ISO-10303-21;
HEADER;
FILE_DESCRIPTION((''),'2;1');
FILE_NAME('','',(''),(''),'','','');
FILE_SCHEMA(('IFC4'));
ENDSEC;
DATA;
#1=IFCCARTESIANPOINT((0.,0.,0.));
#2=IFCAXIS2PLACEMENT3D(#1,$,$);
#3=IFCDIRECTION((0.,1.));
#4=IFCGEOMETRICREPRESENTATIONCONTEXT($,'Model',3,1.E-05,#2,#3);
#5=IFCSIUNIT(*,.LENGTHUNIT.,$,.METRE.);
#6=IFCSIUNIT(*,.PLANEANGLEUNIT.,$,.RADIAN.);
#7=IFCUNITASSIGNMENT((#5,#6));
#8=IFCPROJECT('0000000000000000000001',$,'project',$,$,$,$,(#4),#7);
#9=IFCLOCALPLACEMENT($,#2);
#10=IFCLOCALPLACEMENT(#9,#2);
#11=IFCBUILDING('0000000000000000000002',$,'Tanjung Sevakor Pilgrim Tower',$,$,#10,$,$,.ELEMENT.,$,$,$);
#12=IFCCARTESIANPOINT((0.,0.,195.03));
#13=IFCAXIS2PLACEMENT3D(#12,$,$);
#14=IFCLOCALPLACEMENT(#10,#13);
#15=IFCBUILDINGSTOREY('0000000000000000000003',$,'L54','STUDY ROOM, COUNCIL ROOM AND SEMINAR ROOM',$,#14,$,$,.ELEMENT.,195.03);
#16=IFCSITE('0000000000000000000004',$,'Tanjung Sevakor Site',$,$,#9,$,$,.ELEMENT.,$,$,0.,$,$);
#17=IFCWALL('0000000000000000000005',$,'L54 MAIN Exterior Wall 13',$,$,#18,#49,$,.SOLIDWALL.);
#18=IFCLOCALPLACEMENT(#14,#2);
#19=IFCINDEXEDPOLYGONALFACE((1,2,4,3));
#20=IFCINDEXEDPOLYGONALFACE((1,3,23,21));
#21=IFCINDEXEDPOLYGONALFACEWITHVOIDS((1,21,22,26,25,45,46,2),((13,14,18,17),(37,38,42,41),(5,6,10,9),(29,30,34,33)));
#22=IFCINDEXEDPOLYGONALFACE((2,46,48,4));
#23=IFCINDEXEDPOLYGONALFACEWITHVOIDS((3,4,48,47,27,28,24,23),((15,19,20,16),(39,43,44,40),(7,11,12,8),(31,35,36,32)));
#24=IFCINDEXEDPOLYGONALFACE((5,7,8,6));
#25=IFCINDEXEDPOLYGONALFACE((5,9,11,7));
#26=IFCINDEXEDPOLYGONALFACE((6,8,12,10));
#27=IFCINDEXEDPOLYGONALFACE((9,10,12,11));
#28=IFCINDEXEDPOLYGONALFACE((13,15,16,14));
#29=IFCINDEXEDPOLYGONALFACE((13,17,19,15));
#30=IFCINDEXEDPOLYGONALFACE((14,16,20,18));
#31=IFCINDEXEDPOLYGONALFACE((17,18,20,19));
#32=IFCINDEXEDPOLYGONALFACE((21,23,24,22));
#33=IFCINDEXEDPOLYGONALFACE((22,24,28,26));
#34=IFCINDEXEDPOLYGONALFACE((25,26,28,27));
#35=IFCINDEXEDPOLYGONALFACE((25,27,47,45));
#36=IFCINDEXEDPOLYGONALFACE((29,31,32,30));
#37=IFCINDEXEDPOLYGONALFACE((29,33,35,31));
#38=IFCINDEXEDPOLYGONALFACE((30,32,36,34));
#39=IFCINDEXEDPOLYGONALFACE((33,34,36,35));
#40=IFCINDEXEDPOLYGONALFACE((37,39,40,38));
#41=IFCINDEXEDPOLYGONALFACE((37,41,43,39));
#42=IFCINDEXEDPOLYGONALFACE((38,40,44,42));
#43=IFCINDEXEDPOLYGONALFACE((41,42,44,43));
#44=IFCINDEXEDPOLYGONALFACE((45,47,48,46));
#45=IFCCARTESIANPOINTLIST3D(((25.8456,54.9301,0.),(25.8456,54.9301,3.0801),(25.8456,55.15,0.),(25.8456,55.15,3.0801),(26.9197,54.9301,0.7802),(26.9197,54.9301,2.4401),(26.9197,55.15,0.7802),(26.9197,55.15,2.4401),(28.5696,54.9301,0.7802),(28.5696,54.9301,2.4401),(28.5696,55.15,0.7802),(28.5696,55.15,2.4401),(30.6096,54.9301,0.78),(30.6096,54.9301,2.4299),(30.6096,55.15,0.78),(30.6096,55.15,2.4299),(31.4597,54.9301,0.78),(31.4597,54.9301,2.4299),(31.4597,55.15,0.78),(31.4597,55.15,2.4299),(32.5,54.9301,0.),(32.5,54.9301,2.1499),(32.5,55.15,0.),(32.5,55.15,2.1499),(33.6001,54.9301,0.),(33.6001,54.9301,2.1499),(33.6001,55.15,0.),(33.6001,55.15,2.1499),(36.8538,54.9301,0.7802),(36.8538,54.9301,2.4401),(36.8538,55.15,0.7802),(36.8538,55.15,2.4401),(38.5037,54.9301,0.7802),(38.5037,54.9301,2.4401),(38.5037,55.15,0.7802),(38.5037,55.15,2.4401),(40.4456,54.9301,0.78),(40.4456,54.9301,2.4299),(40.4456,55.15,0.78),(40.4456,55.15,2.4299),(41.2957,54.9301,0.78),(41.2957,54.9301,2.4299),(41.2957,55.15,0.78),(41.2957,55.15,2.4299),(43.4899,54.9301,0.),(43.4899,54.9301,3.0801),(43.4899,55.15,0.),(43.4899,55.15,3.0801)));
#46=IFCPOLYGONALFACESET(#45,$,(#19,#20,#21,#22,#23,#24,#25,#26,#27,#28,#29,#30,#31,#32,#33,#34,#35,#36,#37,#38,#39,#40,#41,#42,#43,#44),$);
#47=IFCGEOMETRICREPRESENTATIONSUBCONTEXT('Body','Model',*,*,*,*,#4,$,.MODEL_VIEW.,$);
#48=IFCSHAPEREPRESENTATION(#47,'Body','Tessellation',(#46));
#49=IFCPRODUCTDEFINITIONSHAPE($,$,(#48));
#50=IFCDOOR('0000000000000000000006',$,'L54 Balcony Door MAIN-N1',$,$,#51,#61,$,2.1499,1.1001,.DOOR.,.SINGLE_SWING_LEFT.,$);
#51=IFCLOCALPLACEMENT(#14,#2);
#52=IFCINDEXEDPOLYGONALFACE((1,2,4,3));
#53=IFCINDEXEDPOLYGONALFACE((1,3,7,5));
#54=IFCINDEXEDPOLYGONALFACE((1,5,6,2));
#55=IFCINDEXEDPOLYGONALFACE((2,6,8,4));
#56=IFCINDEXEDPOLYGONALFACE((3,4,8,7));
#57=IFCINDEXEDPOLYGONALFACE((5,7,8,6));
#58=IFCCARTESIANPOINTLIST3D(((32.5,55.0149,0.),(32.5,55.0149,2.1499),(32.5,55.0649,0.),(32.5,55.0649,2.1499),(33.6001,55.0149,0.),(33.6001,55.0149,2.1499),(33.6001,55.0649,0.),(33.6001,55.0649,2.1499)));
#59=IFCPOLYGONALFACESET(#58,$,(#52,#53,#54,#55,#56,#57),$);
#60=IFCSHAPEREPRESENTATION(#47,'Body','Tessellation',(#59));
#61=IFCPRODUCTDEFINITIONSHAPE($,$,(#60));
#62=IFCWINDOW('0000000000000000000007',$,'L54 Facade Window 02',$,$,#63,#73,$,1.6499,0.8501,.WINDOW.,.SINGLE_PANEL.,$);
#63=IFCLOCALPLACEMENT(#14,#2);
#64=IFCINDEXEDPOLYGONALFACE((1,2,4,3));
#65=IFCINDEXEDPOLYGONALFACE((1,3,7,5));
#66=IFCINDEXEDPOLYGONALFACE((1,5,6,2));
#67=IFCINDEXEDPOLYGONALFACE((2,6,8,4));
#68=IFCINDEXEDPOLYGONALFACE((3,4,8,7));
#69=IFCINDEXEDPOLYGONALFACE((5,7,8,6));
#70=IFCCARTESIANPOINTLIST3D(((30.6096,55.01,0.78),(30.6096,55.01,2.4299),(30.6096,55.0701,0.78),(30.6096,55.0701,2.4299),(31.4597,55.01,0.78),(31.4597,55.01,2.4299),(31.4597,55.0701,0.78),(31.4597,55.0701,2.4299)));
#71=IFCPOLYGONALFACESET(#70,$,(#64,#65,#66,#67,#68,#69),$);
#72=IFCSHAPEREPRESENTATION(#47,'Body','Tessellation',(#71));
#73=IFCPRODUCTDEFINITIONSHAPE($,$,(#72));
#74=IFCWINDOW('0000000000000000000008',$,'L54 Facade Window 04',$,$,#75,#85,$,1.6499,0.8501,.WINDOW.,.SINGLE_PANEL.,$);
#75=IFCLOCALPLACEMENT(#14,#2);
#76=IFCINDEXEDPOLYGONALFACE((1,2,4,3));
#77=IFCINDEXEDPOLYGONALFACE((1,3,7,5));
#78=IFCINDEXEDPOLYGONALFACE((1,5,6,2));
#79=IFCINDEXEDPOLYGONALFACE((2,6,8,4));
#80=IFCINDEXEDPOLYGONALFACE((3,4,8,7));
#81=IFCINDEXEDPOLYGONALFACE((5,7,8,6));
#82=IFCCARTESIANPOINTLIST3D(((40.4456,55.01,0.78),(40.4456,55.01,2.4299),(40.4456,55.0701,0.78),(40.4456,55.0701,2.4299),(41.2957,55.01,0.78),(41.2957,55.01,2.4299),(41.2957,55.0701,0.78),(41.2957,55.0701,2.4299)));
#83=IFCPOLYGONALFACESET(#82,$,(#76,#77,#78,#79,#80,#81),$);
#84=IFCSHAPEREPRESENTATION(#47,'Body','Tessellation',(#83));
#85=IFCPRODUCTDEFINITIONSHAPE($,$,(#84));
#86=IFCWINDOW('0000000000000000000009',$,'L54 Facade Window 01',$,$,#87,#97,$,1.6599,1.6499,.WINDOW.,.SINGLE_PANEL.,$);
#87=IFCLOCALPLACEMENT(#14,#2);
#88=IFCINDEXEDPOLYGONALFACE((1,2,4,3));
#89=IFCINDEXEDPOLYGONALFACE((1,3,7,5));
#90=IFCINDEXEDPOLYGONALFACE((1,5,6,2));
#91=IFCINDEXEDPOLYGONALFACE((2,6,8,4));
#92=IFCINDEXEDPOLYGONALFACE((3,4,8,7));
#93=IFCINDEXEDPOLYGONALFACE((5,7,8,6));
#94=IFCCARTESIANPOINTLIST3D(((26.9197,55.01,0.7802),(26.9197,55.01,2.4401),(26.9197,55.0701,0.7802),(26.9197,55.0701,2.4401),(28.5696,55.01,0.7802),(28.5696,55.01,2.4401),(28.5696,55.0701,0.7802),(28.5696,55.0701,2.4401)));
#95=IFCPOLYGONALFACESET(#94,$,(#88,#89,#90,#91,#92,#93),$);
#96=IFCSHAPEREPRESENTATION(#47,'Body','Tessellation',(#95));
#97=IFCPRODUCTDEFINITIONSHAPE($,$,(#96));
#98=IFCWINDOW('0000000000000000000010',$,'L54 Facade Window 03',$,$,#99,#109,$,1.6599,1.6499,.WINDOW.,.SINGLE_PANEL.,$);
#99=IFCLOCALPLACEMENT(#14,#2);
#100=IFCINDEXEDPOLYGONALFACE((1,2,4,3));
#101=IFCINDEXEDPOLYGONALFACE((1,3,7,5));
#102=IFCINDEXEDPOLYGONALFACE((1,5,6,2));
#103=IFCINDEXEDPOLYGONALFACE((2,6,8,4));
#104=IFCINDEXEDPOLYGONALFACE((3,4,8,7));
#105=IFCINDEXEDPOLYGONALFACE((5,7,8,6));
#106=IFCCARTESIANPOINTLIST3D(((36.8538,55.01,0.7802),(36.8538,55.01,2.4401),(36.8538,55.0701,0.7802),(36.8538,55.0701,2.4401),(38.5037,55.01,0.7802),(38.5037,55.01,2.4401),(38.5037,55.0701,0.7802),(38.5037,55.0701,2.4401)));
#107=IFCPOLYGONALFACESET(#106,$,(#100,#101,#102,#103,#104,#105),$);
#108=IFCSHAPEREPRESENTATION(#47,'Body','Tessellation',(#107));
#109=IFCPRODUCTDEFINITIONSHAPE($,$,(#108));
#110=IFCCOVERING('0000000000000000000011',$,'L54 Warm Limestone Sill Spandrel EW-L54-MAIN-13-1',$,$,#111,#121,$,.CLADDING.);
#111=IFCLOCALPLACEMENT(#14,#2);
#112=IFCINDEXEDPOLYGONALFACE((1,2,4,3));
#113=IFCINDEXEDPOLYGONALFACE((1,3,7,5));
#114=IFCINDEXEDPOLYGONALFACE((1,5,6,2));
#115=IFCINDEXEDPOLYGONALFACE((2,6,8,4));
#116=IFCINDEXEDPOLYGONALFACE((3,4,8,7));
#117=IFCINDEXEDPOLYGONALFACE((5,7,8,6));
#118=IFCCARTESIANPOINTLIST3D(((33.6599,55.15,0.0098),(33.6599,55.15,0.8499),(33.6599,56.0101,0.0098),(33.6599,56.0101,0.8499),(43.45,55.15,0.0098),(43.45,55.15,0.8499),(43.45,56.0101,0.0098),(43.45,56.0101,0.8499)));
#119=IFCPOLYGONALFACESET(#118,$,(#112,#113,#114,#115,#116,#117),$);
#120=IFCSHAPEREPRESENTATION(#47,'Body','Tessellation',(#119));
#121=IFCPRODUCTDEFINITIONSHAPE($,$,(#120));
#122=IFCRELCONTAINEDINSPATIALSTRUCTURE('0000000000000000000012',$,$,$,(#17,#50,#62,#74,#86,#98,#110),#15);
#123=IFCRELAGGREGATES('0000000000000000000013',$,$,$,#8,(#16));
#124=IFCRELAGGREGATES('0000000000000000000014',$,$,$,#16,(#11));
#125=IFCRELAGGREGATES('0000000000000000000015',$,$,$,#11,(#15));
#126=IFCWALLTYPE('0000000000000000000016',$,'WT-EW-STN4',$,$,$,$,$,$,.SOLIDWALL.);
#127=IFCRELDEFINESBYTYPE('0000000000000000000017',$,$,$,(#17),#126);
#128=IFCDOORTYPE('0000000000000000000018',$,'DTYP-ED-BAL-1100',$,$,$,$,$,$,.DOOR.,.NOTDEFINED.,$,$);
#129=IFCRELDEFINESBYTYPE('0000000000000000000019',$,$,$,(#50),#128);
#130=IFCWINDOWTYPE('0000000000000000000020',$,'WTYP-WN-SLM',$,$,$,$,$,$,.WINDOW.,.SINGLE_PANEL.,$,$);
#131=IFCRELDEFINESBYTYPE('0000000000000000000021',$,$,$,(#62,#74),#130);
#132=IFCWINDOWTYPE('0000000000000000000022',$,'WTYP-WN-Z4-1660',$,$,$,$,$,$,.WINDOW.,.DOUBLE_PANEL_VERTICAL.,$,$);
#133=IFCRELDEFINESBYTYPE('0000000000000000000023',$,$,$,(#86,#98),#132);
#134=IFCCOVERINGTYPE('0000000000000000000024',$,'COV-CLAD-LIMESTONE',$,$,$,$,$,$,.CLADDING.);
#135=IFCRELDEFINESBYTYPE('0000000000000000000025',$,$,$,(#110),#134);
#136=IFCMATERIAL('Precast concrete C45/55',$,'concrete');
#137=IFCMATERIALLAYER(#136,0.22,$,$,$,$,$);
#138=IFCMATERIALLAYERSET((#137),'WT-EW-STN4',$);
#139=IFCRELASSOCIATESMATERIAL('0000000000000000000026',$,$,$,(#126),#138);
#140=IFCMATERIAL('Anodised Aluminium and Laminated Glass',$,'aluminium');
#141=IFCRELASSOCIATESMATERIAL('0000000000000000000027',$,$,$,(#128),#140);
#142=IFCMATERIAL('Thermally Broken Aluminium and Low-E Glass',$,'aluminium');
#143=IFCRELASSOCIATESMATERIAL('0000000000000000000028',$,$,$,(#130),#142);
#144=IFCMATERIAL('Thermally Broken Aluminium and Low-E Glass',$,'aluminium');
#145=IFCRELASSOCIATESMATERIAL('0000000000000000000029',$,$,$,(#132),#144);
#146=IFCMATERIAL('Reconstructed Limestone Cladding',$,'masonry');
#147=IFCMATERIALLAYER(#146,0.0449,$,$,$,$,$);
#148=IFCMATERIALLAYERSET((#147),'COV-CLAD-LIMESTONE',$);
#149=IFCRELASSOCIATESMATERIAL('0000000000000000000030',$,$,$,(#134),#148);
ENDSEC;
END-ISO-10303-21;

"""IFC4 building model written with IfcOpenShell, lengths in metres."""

from ifc_helpers import new_model, si_unit, direction, frame, frame_2d, origin, origin_2d, place, context, subcontext, project, spatial, rectangle, extrude, material, layer, layer_set, type_object, element, fill, save


model = new_model("IFC4")

# Units and contexts
model_context = context("Model", 3, precision=1e-05, world=origin(), true_north=direction((0.0, 1.0)))
body_context = subcontext(model_context, "Body", "Model", "MODEL_VIEW")
ifc_project = project(units=[si_unit("LENGTHUNIT", "METRE"), si_unit("PLANEANGLEUNIT", "RADIAN")], contexts=[model_context])

# Site, building, storey
site_placement = place(None, origin())
site = spatial("IfcSite", under=ifc_project, at=site_placement, Name="Tanjung Sevakor Site", CompositionType="ELEMENT", RefElevation=0.0)
building_placement = place(site_placement, origin())
building = spatial("IfcBuilding", under=site, at=building_placement, Name="Tanjung Sevakor Pilgrim Tower", CompositionType="ELEMENT")
storey_placement = place(building_placement, frame((0.0, 0.0, 195.03)))
storey = spatial("IfcBuildingStorey", under=building, at=storey_placement, Name="L54", Description="STUDY ROOM, COUNCIL ROOM AND SEMINAR ROOM", CompositionType="ELEMENT", Elevation=195.03)

# Shared definitions
ifc_material_1 = material(Name="Precast concrete C45/55", Category="concrete")
ifc_layer_1 = layer(ifc_material_1, 0.22)
ifc_layer_set_1 = layer_set([ifc_layer_1], Name="WT-EW-STN4")
wall_type_1 = type_object("IfcWallType", Name="WT-EW-STN4", PredefinedType="SOLIDWALL", material=ifc_layer_set_1)

# Wall, openings, door, windows
wall_1_placement = place(storey_placement, frame((43.49, 55.04, 0.0), z_axis=(0.0, 0.0, 1.0), x_axis=(-1.0, 0.0, 0.0)))
wall_1 = element("IfcWall", 1, at=wall_1_placement, inside=storey, type_object=wall_type_1, Name="L54 MAIN Exterior Wall 13", PredefinedType="SOLIDWALL", context=body_context, shape_type="SweptSolid", body=[
    extrude(rectangle(XDim=17.6443, YDim=0.22, at=frame_2d((8.8223, 0.0))), origin(), (0.0, 0.0, 1.0), 3.0801),
])
opening_1_placement = place(wall_1_placement, frame((9.8899, 0.0, 0.0)))
opening_1 = element("IfcOpeningElement", 2, at=opening_1_placement, cuts=wall_1, PredefinedType="OPENING", context=body_context, shape_type="SweptSolid", body=[
    extrude(rectangle(XDim=1.1001, YDim=2.1499, at=frame_2d((0.55, 1.075))), frame((0.0, 0.1199, 0.0), z_axis=(0.0, -1.0, 0.0), x_axis=(1.0, 0.0, 0.0)), (0.0, 0.0, 1.0), 0.24),
])
opening_2_placement = place(wall_1_placement, frame((14.9204, 0.0, 0.78)))
opening_2 = element("IfcOpeningElement", 3, at=opening_2_placement, cuts=wall_1, PredefinedType="OPENING", context=body_context, shape_type="SweptSolid", body=[
    extrude(rectangle(XDim=1.6499, YDim=1.6599, at=frame_2d((0.825, 0.8301))), frame((0.0, 0.1199, 0.0), z_axis=(0.0, -1.0, 0.0), x_axis=(1.0, 0.0, 0.0)), (0.0, 0.0, 1.0), 0.24),
])
opening_3_placement = place(wall_1_placement, frame((12.0303, 0.0, 0.78)))
opening_3 = element("IfcOpeningElement", 4, at=opening_3_placement, cuts=wall_1, PredefinedType="OPENING", context=body_context, shape_type="SweptSolid", body=[
    extrude(rectangle(XDim=0.8501, YDim=1.6499, at=frame_2d((0.425, 0.825))), frame((0.0, 0.1199, 0.0), z_axis=(0.0, -1.0, 0.0), x_axis=(1.0, 0.0, 0.0)), (0.0, 0.0, 1.0), 0.24),
])
opening_4_placement = place(wall_1_placement, frame((4.9863, 0.0, 0.78)))
opening_4 = element("IfcOpeningElement", 5, at=opening_4_placement, cuts=wall_1, PredefinedType="OPENING", context=body_context, shape_type="SweptSolid", body=[
    extrude(rectangle(XDim=1.6499, YDim=1.6599, at=frame_2d((0.825, 0.8301))), frame((0.0, 0.1199, 0.0), z_axis=(0.0, -1.0, 0.0), x_axis=(1.0, 0.0, 0.0)), (0.0, 0.0, 1.0), 0.24),
])
opening_5_placement = place(wall_1_placement, frame((2.1943, 0.0, 0.78)))
opening_5 = element("IfcOpeningElement", 6, at=opening_5_placement, cuts=wall_1, PredefinedType="OPENING", context=body_context, shape_type="SweptSolid", body=[
    extrude(rectangle(XDim=0.8501, YDim=1.6499, at=frame_2d((0.425, 0.825))), frame((0.0, 0.1199, 0.0), z_axis=(0.0, -1.0, 0.0), x_axis=(1.0, 0.0, 0.0)), (0.0, 0.0, 1.0), 0.24),
])
ifc_material_2 = material(Name="Anodised Aluminium and Laminated Glass", Category="aluminium")
door_type_1 = type_object("IfcDoorType", Name="DTYP-ED-BAL-1100", OperationType="NOTDEFINED", PredefinedType="DOOR", material=ifc_material_2)
door_1_placement = place(opening_1_placement, frame((1.1001, 0.0, 0.0), z_axis=(0.0, 0.0, 1.0), x_axis=(-1.0, 0.0, 0.0)))
door_1 = element("IfcDoor", 7, at=door_1_placement, inside=storey, type_object=door_type_1, Name="L54 Balcony Door MAIN-N1", OperationType="SINGLE_SWING_LEFT", OverallHeight=2.1499, OverallWidth=1.1001, PredefinedType="DOOR", context=body_context, shape_type="SweptSolid", body=[
    extrude(rectangle(XDim=1.1001, YDim=2.1499, at=frame_2d((0.55, 1.075))), frame((0.0, 0.0249, 0.0), z_axis=(0.0, -1.0, 0.0), x_axis=(1.0, 0.0, 0.0)), (0.0, 0.0, 1.0), 0.05),
])
fill(opening_1, door_1)
ifc_material_3 = material(Name="Thermally Broken Aluminium and Low-E Glass", Category="aluminium")
window_type_1 = type_object("IfcWindowType", Name="WTYP-WN-SLM", PartitioningType="SINGLE_PANEL", PredefinedType="WINDOW", material=ifc_material_3)
window_1_placement = place(opening_3_placement, origin())
window_1 = element("IfcWindow", 8, at=window_1_placement, inside=storey, type_object=window_type_1, Name="L54 Facade Window 02", OverallHeight=1.6499, OverallWidth=0.8501, PartitioningType="SINGLE_PANEL", PredefinedType="WINDOW", context=body_context, shape_type="SweptSolid", body=[
    extrude(rectangle(XDim=0.8501, YDim=1.6499, at=frame_2d((0.425, 0.825))), frame((0.0, 0.03, 0.0), z_axis=(0.0, -1.0, 0.0), x_axis=(1.0, 0.0, 0.0)), (0.0, 0.0, 1.0), 0.0601),
])
fill(opening_3, window_1)
window_2_placement = place(opening_5_placement, origin())
window_2 = element("IfcWindow", 9, at=window_2_placement, inside=storey, type_object=window_type_1, Name="L54 Facade Window 04", OverallHeight=1.6499, OverallWidth=0.8501, PartitioningType="SINGLE_PANEL", PredefinedType="WINDOW", context=body_context, shape_type="SweptSolid", body=[
    extrude(rectangle(XDim=0.8501, YDim=1.6499, at=frame_2d((0.425, 0.825))), frame((0.0, 0.03, 0.0), z_axis=(0.0, -1.0, 0.0), x_axis=(1.0, 0.0, 0.0)), (0.0, 0.0, 1.0), 0.0601),
])
fill(opening_5, window_2)
ifc_material_4 = material(Name="Thermally Broken Aluminium and Low-E Glass", Category="aluminium")
window_type_2 = type_object("IfcWindowType", Name="WTYP-WN-Z4-1660", PartitioningType="DOUBLE_PANEL_VERTICAL", PredefinedType="WINDOW", material=ifc_material_4)
window_3_placement = place(opening_2_placement, origin())
window_3 = element("IfcWindow", 10, at=window_3_placement, inside=storey, type_object=window_type_2, Name="L54 Facade Window 01", OverallHeight=1.6599, OverallWidth=1.6499, PartitioningType="SINGLE_PANEL", PredefinedType="WINDOW", context=body_context, shape_type="SweptSolid", body=[
    extrude(rectangle(XDim=1.6499, YDim=1.6599, at=frame_2d((0.825, 0.8301))), frame((0.0, 0.03, 0.0), z_axis=(0.0, -1.0, 0.0), x_axis=(1.0, 0.0, 0.0)), (0.0, 0.0, 1.0), 0.0601),
])
fill(opening_2, window_3)
window_4_placement = place(opening_4_placement, origin())
window_4 = element("IfcWindow", 11, at=window_4_placement, inside=storey, type_object=window_type_2, Name="L54 Facade Window 03", OverallHeight=1.6599, OverallWidth=1.6499, PartitioningType="SINGLE_PANEL", PredefinedType="WINDOW", context=body_context, shape_type="SweptSolid", body=[
    extrude(rectangle(XDim=1.6499, YDim=1.6599, at=frame_2d((0.825, 0.8301))), frame((0.0, 0.03, 0.0), z_axis=(0.0, -1.0, 0.0), x_axis=(1.0, 0.0, 0.0)), (0.0, 0.0, 1.0), 0.0601),
])
fill(opening_4, window_4)

# Covering
ifc_material_5 = material(Name="Reconstructed Limestone Cladding", Category="masonry")
ifc_layer_2 = layer(ifc_material_5, 0.0449)
ifc_layer_set_2 = layer_set([ifc_layer_2], Name="COV-CLAD-LIMESTONE")
covering_type = type_object("IfcCoveringType", Name="COV-CLAD-LIMESTONE", PredefinedType="CLADDING", material=ifc_layer_set_2)
covering_placement = place(storey_placement, frame((38.5549, 55.5801, 0.0098), z_axis=(0.0, 0.0, 1.0), x_axis=(-1.0, 0.0, 0.0)))
element("IfcCovering", 12, at=covering_placement, inside=storey, type_object=covering_type, Name="L54 Warm Limestone Sill Spandrel EW-L54-MAIN-13-1", PredefinedType="CLADDING", context=body_context, shape_type="SweptSolid", body=[
    extrude(rectangle(XDim=9.79, YDim=0.8601, at=origin_2d()), origin(), (0.0, 0.0, 1.0), 0.8401),
])

save(model, "model.ifc")
